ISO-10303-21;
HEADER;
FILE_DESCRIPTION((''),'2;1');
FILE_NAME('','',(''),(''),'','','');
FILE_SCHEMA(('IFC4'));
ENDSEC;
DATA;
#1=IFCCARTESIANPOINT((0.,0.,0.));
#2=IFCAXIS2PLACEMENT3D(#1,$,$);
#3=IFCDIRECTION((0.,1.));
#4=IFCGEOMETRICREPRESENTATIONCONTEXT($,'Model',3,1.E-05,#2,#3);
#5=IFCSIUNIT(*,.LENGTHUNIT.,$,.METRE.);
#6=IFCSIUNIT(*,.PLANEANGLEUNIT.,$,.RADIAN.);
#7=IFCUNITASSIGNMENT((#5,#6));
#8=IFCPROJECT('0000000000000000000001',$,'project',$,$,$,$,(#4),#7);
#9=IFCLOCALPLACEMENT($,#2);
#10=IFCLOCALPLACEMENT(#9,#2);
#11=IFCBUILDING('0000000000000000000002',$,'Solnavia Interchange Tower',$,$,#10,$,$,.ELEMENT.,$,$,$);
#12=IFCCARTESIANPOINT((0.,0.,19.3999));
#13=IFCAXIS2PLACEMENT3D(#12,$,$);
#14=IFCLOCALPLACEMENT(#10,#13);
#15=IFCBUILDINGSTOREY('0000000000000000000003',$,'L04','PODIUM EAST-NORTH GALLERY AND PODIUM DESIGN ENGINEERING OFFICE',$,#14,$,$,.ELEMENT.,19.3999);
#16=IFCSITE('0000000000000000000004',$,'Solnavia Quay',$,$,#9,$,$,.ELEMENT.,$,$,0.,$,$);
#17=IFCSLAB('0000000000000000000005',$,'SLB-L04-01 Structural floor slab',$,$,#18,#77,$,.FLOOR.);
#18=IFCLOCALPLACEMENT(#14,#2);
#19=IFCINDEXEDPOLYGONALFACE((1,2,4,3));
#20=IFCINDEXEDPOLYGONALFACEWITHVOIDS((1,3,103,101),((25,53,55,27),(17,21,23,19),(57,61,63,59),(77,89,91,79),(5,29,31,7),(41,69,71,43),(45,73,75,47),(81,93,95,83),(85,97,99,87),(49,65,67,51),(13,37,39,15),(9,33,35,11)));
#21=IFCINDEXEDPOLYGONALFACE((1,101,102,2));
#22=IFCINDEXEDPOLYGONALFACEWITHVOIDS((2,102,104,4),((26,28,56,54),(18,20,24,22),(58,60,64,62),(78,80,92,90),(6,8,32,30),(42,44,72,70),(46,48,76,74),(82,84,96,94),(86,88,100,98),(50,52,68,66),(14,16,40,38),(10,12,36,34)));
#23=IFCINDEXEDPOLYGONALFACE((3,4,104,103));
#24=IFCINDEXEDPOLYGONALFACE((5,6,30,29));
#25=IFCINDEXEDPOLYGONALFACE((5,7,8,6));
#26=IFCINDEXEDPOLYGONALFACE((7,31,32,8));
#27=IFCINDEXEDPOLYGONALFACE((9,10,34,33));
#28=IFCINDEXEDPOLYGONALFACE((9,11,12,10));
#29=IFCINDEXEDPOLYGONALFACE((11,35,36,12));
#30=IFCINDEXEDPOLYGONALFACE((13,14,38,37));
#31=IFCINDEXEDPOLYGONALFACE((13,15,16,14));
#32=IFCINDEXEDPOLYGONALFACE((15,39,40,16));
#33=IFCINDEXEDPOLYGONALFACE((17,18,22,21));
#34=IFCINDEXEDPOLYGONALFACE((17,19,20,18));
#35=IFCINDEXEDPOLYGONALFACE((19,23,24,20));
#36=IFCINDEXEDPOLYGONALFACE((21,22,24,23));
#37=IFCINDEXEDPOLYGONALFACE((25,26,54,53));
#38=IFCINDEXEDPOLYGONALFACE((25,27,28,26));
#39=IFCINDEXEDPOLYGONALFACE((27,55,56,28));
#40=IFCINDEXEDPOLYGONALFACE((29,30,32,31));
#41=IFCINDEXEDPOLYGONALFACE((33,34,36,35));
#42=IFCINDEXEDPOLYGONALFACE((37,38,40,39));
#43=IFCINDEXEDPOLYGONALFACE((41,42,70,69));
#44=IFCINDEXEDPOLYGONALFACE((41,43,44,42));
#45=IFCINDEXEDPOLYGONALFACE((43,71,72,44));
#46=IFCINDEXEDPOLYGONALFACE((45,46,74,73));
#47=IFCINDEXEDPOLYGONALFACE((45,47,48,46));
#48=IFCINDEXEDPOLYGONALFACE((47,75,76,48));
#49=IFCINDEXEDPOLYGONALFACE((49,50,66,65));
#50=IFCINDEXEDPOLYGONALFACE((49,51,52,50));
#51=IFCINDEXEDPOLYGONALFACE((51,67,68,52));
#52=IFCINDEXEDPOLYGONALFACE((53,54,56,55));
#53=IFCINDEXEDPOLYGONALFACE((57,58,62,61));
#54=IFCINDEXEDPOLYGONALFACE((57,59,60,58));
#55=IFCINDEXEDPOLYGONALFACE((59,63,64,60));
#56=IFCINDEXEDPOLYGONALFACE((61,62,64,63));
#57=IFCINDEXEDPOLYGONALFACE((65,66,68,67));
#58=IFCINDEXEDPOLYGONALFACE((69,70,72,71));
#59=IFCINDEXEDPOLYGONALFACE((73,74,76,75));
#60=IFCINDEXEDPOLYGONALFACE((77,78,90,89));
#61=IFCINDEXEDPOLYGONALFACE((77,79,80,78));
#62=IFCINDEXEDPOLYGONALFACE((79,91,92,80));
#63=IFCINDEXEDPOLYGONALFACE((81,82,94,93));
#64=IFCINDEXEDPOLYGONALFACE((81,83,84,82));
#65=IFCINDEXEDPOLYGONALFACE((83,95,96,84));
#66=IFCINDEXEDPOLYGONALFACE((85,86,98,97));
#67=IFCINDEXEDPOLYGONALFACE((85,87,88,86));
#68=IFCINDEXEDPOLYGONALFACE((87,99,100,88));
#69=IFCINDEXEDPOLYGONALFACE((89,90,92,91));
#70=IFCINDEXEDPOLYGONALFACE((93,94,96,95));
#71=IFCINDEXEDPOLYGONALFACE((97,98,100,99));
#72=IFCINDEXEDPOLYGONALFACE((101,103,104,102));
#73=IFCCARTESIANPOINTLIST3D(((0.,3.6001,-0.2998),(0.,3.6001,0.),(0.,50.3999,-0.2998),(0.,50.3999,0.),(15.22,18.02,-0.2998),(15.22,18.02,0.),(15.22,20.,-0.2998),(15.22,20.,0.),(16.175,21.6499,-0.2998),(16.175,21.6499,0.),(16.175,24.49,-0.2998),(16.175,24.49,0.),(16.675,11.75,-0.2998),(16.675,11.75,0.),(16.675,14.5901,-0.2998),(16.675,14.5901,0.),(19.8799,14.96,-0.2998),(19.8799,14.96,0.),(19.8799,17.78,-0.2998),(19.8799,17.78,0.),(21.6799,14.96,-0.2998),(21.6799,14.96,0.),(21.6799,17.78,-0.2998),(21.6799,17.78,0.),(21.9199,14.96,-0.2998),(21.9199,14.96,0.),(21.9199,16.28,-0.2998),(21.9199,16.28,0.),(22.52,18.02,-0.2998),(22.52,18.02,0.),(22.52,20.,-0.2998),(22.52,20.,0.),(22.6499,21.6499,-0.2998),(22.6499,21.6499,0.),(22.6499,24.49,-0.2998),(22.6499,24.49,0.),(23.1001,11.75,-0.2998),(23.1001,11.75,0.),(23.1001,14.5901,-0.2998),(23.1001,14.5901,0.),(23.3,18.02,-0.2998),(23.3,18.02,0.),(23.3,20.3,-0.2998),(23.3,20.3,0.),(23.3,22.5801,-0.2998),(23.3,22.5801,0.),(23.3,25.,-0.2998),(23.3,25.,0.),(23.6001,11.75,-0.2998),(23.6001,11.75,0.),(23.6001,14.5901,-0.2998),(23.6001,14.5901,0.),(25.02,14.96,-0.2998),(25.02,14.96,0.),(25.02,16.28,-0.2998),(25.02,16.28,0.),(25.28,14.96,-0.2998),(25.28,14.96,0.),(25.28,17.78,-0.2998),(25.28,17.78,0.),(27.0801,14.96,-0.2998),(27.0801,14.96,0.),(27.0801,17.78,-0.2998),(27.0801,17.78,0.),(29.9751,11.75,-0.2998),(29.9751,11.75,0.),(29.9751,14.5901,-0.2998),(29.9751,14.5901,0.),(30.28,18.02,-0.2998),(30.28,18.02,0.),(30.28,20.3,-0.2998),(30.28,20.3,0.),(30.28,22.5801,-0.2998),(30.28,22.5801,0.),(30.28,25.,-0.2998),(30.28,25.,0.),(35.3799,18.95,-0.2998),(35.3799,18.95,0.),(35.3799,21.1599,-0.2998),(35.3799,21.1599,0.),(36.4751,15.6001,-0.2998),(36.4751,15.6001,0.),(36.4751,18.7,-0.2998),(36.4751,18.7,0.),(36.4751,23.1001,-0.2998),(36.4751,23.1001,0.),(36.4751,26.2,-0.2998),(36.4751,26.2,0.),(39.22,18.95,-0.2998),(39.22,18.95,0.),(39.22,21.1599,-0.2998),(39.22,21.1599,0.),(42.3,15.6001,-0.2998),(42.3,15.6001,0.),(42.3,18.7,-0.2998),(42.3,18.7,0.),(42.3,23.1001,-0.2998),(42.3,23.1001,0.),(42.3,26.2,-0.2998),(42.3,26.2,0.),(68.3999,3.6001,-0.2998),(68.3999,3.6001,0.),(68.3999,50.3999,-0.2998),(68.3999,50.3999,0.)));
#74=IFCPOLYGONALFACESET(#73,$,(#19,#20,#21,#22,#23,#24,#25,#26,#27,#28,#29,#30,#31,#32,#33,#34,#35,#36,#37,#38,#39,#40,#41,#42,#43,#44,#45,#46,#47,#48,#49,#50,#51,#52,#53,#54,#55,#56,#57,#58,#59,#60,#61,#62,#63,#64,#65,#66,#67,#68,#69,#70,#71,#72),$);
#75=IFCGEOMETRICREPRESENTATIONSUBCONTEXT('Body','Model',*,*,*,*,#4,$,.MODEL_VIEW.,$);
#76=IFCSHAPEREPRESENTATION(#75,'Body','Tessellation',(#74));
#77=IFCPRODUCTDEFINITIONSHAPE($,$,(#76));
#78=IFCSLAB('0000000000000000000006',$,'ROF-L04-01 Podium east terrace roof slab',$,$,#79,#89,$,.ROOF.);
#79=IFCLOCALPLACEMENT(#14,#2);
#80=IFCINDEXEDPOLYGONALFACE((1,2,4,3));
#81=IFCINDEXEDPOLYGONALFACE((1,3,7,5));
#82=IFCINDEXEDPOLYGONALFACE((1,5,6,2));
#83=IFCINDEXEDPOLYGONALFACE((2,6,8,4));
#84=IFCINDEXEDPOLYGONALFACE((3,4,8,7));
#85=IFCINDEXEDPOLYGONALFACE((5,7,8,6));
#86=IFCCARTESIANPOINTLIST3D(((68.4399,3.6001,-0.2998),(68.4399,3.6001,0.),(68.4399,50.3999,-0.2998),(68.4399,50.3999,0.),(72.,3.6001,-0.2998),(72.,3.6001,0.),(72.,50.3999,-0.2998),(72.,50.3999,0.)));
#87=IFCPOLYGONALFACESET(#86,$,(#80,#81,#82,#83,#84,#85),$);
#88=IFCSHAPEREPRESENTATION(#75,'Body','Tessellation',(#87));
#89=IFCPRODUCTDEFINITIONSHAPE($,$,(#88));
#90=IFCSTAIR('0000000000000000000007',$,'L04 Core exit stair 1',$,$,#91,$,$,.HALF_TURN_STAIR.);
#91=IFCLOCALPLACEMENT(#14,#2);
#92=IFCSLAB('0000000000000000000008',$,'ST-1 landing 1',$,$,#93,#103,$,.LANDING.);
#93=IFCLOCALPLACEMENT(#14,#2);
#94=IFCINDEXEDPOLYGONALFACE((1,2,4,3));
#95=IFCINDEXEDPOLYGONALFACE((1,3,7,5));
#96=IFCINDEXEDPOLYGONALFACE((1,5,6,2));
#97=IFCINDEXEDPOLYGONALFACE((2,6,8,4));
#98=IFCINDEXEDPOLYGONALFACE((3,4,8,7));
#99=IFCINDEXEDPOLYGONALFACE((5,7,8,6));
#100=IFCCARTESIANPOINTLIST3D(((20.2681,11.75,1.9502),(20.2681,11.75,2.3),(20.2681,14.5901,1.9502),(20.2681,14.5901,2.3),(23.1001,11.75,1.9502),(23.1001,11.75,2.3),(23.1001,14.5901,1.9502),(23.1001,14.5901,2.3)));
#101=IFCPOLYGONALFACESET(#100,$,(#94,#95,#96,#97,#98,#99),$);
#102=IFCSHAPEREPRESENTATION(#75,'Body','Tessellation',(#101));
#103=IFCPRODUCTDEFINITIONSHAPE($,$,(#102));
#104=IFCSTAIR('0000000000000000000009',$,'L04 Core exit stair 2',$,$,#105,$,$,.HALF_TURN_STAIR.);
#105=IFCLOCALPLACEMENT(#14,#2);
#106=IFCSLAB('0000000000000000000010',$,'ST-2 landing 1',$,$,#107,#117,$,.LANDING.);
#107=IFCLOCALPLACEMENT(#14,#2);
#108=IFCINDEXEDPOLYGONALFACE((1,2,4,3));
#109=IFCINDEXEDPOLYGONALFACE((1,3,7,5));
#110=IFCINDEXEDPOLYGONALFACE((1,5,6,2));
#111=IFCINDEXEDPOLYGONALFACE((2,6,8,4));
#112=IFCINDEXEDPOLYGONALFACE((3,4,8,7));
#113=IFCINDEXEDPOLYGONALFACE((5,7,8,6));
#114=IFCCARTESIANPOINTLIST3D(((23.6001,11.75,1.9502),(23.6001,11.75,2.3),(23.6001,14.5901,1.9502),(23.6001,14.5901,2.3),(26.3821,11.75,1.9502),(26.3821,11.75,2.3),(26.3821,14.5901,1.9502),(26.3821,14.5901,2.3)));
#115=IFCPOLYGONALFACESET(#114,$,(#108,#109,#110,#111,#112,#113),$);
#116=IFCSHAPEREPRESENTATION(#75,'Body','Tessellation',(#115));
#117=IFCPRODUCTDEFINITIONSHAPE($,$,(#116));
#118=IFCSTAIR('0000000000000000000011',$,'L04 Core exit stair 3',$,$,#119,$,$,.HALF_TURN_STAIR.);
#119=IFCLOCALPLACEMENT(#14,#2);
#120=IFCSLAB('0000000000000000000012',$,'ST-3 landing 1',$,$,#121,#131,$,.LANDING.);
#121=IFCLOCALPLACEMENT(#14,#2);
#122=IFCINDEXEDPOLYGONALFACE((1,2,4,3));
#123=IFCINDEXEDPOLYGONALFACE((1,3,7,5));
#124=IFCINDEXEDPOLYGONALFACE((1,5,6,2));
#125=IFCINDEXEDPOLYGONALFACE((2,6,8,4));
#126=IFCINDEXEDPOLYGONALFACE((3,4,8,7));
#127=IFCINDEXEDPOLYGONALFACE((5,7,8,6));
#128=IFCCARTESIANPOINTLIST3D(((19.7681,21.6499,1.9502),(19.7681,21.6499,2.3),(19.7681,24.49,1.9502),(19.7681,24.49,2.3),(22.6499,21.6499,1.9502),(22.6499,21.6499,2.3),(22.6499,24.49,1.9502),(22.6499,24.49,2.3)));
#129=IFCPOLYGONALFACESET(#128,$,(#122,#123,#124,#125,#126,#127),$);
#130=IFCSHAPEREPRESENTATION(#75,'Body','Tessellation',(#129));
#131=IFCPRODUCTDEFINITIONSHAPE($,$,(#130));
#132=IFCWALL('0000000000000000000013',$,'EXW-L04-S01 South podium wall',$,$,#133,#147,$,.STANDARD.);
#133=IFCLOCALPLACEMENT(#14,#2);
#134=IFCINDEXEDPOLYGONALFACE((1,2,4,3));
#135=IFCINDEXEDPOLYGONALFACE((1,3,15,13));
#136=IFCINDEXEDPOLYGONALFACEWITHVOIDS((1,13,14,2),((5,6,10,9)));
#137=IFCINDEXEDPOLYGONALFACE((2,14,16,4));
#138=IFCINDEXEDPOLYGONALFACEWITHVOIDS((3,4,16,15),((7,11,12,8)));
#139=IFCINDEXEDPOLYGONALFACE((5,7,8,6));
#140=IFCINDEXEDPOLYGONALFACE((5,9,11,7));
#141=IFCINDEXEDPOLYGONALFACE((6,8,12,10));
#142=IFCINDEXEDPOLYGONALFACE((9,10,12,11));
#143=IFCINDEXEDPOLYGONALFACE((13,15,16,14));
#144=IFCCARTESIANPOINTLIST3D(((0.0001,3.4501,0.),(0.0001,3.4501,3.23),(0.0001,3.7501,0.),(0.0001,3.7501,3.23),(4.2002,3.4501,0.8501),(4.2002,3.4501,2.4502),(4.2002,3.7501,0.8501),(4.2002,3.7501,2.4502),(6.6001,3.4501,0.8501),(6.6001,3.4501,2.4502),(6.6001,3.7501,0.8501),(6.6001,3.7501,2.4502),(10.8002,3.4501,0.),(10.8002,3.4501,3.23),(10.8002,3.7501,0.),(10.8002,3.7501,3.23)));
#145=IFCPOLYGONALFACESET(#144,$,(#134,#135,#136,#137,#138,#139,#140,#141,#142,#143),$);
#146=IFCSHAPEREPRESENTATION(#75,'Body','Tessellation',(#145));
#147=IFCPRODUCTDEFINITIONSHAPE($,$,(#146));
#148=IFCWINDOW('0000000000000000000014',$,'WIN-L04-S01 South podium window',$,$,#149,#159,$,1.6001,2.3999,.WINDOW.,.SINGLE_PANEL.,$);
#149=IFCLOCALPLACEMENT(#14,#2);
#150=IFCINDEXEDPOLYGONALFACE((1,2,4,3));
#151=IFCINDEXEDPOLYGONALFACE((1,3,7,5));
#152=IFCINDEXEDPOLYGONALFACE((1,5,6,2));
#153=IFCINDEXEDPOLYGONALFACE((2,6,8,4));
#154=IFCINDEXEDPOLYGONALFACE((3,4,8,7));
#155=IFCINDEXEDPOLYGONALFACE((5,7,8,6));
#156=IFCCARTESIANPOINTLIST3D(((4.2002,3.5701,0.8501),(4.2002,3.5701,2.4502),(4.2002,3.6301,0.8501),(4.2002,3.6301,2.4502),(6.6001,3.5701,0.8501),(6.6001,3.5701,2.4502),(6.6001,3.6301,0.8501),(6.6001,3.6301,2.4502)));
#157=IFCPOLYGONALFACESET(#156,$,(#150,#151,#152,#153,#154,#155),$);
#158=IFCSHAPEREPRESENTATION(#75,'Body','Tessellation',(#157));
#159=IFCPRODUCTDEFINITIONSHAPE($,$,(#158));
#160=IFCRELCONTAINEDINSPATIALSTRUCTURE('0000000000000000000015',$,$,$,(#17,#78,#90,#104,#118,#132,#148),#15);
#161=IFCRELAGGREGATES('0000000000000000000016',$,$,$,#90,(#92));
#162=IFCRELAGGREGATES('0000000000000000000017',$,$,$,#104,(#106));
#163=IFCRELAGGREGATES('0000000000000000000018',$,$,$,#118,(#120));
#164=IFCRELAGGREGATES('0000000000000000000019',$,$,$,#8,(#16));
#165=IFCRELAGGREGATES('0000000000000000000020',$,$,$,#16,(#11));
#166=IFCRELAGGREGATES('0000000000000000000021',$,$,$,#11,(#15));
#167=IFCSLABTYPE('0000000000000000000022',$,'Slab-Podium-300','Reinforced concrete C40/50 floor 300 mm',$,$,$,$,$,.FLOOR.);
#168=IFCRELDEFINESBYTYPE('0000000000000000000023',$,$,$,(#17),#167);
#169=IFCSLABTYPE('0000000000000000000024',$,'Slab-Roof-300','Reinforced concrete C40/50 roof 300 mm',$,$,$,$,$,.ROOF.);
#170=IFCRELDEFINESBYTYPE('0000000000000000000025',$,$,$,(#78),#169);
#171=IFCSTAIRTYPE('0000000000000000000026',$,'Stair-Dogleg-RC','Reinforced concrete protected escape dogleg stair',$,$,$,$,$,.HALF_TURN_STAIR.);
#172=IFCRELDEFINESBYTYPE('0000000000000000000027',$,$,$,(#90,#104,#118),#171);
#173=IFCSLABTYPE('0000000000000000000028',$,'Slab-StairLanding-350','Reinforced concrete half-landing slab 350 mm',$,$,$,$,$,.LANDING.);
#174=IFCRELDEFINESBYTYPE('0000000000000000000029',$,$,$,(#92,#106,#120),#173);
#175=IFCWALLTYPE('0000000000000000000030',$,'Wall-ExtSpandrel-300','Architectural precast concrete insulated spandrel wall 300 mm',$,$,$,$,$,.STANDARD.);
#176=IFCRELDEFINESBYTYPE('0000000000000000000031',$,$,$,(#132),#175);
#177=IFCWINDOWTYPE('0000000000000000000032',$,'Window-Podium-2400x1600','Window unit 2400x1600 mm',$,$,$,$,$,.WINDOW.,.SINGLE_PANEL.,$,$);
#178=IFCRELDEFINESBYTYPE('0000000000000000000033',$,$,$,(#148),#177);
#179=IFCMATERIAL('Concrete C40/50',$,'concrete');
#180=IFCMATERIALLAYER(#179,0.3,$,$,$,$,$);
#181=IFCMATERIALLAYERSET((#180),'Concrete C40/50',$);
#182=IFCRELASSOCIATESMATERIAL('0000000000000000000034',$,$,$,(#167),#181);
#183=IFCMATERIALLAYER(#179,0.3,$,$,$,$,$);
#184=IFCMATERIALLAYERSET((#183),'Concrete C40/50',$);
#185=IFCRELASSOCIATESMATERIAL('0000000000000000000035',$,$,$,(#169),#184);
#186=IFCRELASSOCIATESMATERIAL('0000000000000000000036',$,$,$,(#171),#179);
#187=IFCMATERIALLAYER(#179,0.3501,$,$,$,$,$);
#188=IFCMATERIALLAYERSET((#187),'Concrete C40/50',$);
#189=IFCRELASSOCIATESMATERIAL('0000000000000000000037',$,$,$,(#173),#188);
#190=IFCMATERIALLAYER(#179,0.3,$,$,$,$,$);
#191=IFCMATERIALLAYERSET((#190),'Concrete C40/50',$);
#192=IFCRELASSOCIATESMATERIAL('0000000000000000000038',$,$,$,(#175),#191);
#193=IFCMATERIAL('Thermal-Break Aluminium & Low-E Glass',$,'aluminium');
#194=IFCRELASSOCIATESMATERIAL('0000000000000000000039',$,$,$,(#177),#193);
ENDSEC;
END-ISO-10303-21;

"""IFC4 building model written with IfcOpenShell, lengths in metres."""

from ifc_helpers import new_model, si_unit, direction, frame, frame_2d, origin, place, context, subcontext, project, spatial, polyline, rectangle, outline, extrude, material, layer, layer_set, type_object, element, fill, aggregate, save


model = new_model("IFC4")

# Units and contexts
model_context = context("Model", 3, precision=1e-05, world=origin(), true_north=direction((0.0, 1.0)))
body_context = subcontext(model_context, "Body", "Model", "MODEL_VIEW")
ifc_project = project(units=[si_unit("LENGTHUNIT", "METRE"), si_unit("PLANEANGLEUNIT", "RADIAN")], contexts=[model_context])

# Site, building, storey
site_placement = place(None, origin())
site = spatial("IfcSite", under=ifc_project, at=site_placement, Name="Solnavia Quay", CompositionType="ELEMENT", RefElevation=0.0)
building_placement = place(site_placement, origin())
building = spatial("IfcBuilding", under=site, at=building_placement, Name="Solnavia Interchange Tower", CompositionType="ELEMENT")
storey_placement = place(building_placement, frame((0.0, 0.0, 19.3999)))
storey = spatial("IfcBuildingStorey", under=building, at=storey_placement, Name="L04", Description="PODIUM EAST-NORTH GALLERY AND PODIUM DESIGN ENGINEERING OFFICE", CompositionType="ELEMENT", Elevation=19.3999)

# Slabs
ifc_material_1 = material(Name="Concrete C40/50", Category="concrete")
ifc_layer_1 = layer(ifc_material_1, 0.3)
ifc_layer_set_1 = layer_set([ifc_layer_1], Name="Concrete C40/50")
slab_type_1 = type_object("IfcSlabType", Name="Slab-Podium-300", Description="Reinforced concrete C40/50 floor 300 mm", PredefinedType="FLOOR", material=ifc_layer_set_1)
slab_1_placement = place(storey_placement, frame((0.0, 0.0, -0.2998)))
element("IfcSlab", 1, at=slab_1_placement, inside=storey, type_object=slab_type_1, Name="SLB-L04-01 Structural floor slab", PredefinedType="FLOOR", context=body_context, shape_type="SweptSolid", body=[
    extrude(outline(polyline([(0.0, 3.6001), (68.3999, 3.6001), (68.3999, 50.3999), (0.0, 50.3999), (0.0, 3.6001)]), holes=[polyline([(16.675, 11.75), (23.1001, 11.75), (23.1001, 14.5901), (16.675, 14.5901), (16.675, 11.75)]), polyline([(23.6001, 11.75), (29.9751, 11.75), (29.9751, 14.5901), (23.6001, 14.5901), (23.6001, 11.75)]), polyline([(16.175, 21.6499), (22.6499, 21.6499), (22.6499, 24.49), (16.175, 24.49), (16.175, 21.6499)]), polyline([(36.4751, 15.6001), (42.3, 15.6001), (42.3, 18.7), (36.4751, 18.7), (36.4751, 15.6001)]), polyline([(36.4751, 23.1001), (42.3, 23.1001), (42.3, 26.2), (36.4751, 26.2), (36.4751, 23.1001)]), polyline([(19.8799, 14.96), (21.6799, 14.96), (21.6799, 17.78), (19.8799, 17.78), (19.8799, 14.96)]), polyline([(25.28, 14.96), (27.0801, 14.96), (27.0801, 17.78), (25.28, 17.78), (25.28, 14.96)]), polyline([(21.9199, 14.96), (25.02, 14.96), (25.02, 16.28), (21.9199, 16.28), (21.9199, 14.96)]), polyline([(15.22, 18.02), (22.52, 18.02), (22.52, 20.0), (15.22, 20.0), (15.22, 18.02)]), polyline([(23.3, 18.02), (30.28, 18.02), (30.28, 20.3), (23.3, 20.3), (23.3, 18.02)]), polyline([(23.3, 22.5801), (30.28, 22.5801), (30.28, 25.0), (23.3, 25.0), (23.3, 22.5801)]), polyline([(35.3799, 18.95), (39.22, 18.95), (39.22, 21.1599), (35.3799, 21.1599), (35.3799, 18.95)])]), origin(), (0.0, 0.0, 1.0), 0.2998),
])
ifc_layer_2 = layer(ifc_material_1, 0.3)
ifc_layer_set_2 = layer_set([ifc_layer_2], Name="Concrete C40/50")
slab_type_2 = type_object("IfcSlabType", Name="Slab-Roof-300", Description="Reinforced concrete C40/50 roof 300 mm", PredefinedType="ROOF", material=ifc_layer_set_2)
slab_2_placement = place(storey_placement, frame((0.0, 0.0, -0.2998)))
element("IfcSlab", 2, at=slab_2_placement, inside=storey, type_object=slab_type_2, Name="ROF-L04-01 Podium east terrace roof slab", PredefinedType="ROOF", context=body_context, shape_type="SweptSolid", body=[
    extrude(outline(polyline([(68.4399, 3.6001), (72.0, 3.6001), (72.0, 50.3999), (68.4399, 50.3999), (68.4399, 3.6001)])), origin(), (0.0, 0.0, 1.0), 0.2998),
])

# Stairs, slabs
stair_type = type_object("IfcStairType", Name="Stair-Dogleg-RC", Description="Reinforced concrete protected escape dogleg stair", PredefinedType="HALF_TURN_STAIR", material=ifc_material_1)
stair_1_placement = place(storey_placement, origin())
stair_1 = element("IfcStair", 3, at=stair_1_placement, inside=storey, type_object=stair_type, Name="L04 Core exit stair 1", PredefinedType="HALF_TURN_STAIR")
ifc_layer_3 = layer(ifc_material_1, 0.3501)
ifc_layer_set_3 = layer_set([ifc_layer_3], Name="Concrete C40/50")
slab_type_3 = type_object("IfcSlabType", Name="Slab-StairLanding-350", Description="Reinforced concrete half-landing slab 350 mm", PredefinedType="LANDING", material=ifc_layer_set_3)
slab_3_placement = place(storey_placement, frame((0.0, 0.0, 1.9502)))
slab_3 = element("IfcSlab", 4, at=slab_3_placement, type_object=slab_type_3, Name="ST-1 landing 1", PredefinedType="LANDING", context=body_context, shape_type="SweptSolid", body=[
    extrude(outline(polyline([(20.2681, 11.75), (23.1001, 11.75), (23.1001, 14.5901), (20.2681, 14.5901), (20.2681, 11.75)])), origin(), (0.0, 0.0, 1.0), 0.3499),
])
aggregate(stair_1, [slab_3])
stair_2_placement = place(storey_placement, origin())
stair_2 = element("IfcStair", 5, at=stair_2_placement, inside=storey, type_object=stair_type, Name="L04 Core exit stair 2", PredefinedType="HALF_TURN_STAIR")
slab_4_placement = place(storey_placement, frame((0.0, 0.0, 1.9502)))
slab_4 = element("IfcSlab", 6, at=slab_4_placement, type_object=slab_type_3, Name="ST-2 landing 1", PredefinedType="LANDING", context=body_context, shape_type="SweptSolid", body=[
    extrude(outline(polyline([(23.6001, 11.75), (26.3821, 11.75), (26.3821, 14.5901), (23.6001, 14.5901), (23.6001, 11.75)])), origin(), (0.0, 0.0, 1.0), 0.3499),
])
aggregate(stair_2, [slab_4])
stair_3_placement = place(storey_placement, origin())
stair_3 = element("IfcStair", 7, at=stair_3_placement, inside=storey, type_object=stair_type, Name="L04 Core exit stair 3", PredefinedType="HALF_TURN_STAIR")
slab_5_placement = place(storey_placement, frame((0.0, 0.0, 1.9502)))
slab_5 = element("IfcSlab", 8, at=slab_5_placement, type_object=slab_type_3, Name="ST-3 landing 1", PredefinedType="LANDING", context=body_context, shape_type="SweptSolid", body=[
    extrude(outline(polyline([(19.7681, 21.6499), (22.6499, 21.6499), (22.6499, 24.49), (19.7681, 24.49), (19.7681, 21.6499)])), origin(), (0.0, 0.0, 1.0), 0.3499),
])
aggregate(stair_3, [slab_5])

# Wall, opening, window
ifc_layer_4 = layer(ifc_material_1, 0.3)
ifc_layer_set_4 = layer_set([ifc_layer_4], Name="Concrete C40/50")
wall_type_1 = type_object("IfcWallType", Name="Wall-ExtSpandrel-300", Description="Architectural precast concrete insulated spandrel wall 300 mm", PredefinedType="STANDARD", material=ifc_layer_set_4)
wall_1_placement = place(storey_placement, frame((10.8, 3.6001, 0.0), z_axis=(0.0, 0.0, 1.0), x_axis=(-1.0, 0.0, 0.0)))
wall_1 = element("IfcWall", 9, at=wall_1_placement, inside=storey, type_object=wall_type_1, Name="EXW-L04-S01 South podium wall", PredefinedType="STANDARD", context=body_context, shape_type="SweptSolid", body=[
    extrude(rectangle(XDim=10.8, YDim=0.3, at=frame_2d((5.3999, 0.0))), origin(), (0.0, 0.0, 1.0), 3.23),
])
opening_1_placement = place(wall_1_placement, frame((4.2, 0.0, 0.8501)))
opening_1 = element("IfcOpeningElement", 10, at=opening_1_placement, cuts=wall_1, PredefinedType="OPENING", context=body_context, shape_type="SweptSolid", body=[
    extrude(rectangle(XDim=2.3999, YDim=1.6001, at=frame_2d((1.2, 0.8))), frame((0.0, 0.1602, 0.0), z_axis=(0.0, -1.0, 0.0), x_axis=(1.0, 0.0, 0.0)), (0.0, 0.0, 1.0), 0.3201),
])
ifc_material_2 = material(Name="Thermal-Break Aluminium & Low-E Glass", Category="aluminium")
window_type = type_object("IfcWindowType", Name="Window-Podium-2400x1600", Description="Window unit 2400x1600 mm", PartitioningType="SINGLE_PANEL", PredefinedType="WINDOW", material=ifc_material_2)
window_1_placement = place(opening_1_placement, origin())
window_1 = element("IfcWindow", 11, at=window_1_placement, inside=storey, type_object=window_type, Name="WIN-L04-S01 South podium window", OverallHeight=1.6001, OverallWidth=2.3999, PartitioningType="SINGLE_PANEL", PredefinedType="WINDOW", context=body_context, shape_type="SweptSolid", body=[
    extrude(rectangle(XDim=2.3999, YDim=1.6001, at=frame_2d((1.2, 0.8))), frame((0.0, 0.03, 0.0), z_axis=(0.0, -1.0, 0.0), x_axis=(1.0, 0.0, 0.0)), (0.0, 0.0, 1.0), 0.0601),
])
fill(opening_1, window_1)

save(model, "model.ifc")
